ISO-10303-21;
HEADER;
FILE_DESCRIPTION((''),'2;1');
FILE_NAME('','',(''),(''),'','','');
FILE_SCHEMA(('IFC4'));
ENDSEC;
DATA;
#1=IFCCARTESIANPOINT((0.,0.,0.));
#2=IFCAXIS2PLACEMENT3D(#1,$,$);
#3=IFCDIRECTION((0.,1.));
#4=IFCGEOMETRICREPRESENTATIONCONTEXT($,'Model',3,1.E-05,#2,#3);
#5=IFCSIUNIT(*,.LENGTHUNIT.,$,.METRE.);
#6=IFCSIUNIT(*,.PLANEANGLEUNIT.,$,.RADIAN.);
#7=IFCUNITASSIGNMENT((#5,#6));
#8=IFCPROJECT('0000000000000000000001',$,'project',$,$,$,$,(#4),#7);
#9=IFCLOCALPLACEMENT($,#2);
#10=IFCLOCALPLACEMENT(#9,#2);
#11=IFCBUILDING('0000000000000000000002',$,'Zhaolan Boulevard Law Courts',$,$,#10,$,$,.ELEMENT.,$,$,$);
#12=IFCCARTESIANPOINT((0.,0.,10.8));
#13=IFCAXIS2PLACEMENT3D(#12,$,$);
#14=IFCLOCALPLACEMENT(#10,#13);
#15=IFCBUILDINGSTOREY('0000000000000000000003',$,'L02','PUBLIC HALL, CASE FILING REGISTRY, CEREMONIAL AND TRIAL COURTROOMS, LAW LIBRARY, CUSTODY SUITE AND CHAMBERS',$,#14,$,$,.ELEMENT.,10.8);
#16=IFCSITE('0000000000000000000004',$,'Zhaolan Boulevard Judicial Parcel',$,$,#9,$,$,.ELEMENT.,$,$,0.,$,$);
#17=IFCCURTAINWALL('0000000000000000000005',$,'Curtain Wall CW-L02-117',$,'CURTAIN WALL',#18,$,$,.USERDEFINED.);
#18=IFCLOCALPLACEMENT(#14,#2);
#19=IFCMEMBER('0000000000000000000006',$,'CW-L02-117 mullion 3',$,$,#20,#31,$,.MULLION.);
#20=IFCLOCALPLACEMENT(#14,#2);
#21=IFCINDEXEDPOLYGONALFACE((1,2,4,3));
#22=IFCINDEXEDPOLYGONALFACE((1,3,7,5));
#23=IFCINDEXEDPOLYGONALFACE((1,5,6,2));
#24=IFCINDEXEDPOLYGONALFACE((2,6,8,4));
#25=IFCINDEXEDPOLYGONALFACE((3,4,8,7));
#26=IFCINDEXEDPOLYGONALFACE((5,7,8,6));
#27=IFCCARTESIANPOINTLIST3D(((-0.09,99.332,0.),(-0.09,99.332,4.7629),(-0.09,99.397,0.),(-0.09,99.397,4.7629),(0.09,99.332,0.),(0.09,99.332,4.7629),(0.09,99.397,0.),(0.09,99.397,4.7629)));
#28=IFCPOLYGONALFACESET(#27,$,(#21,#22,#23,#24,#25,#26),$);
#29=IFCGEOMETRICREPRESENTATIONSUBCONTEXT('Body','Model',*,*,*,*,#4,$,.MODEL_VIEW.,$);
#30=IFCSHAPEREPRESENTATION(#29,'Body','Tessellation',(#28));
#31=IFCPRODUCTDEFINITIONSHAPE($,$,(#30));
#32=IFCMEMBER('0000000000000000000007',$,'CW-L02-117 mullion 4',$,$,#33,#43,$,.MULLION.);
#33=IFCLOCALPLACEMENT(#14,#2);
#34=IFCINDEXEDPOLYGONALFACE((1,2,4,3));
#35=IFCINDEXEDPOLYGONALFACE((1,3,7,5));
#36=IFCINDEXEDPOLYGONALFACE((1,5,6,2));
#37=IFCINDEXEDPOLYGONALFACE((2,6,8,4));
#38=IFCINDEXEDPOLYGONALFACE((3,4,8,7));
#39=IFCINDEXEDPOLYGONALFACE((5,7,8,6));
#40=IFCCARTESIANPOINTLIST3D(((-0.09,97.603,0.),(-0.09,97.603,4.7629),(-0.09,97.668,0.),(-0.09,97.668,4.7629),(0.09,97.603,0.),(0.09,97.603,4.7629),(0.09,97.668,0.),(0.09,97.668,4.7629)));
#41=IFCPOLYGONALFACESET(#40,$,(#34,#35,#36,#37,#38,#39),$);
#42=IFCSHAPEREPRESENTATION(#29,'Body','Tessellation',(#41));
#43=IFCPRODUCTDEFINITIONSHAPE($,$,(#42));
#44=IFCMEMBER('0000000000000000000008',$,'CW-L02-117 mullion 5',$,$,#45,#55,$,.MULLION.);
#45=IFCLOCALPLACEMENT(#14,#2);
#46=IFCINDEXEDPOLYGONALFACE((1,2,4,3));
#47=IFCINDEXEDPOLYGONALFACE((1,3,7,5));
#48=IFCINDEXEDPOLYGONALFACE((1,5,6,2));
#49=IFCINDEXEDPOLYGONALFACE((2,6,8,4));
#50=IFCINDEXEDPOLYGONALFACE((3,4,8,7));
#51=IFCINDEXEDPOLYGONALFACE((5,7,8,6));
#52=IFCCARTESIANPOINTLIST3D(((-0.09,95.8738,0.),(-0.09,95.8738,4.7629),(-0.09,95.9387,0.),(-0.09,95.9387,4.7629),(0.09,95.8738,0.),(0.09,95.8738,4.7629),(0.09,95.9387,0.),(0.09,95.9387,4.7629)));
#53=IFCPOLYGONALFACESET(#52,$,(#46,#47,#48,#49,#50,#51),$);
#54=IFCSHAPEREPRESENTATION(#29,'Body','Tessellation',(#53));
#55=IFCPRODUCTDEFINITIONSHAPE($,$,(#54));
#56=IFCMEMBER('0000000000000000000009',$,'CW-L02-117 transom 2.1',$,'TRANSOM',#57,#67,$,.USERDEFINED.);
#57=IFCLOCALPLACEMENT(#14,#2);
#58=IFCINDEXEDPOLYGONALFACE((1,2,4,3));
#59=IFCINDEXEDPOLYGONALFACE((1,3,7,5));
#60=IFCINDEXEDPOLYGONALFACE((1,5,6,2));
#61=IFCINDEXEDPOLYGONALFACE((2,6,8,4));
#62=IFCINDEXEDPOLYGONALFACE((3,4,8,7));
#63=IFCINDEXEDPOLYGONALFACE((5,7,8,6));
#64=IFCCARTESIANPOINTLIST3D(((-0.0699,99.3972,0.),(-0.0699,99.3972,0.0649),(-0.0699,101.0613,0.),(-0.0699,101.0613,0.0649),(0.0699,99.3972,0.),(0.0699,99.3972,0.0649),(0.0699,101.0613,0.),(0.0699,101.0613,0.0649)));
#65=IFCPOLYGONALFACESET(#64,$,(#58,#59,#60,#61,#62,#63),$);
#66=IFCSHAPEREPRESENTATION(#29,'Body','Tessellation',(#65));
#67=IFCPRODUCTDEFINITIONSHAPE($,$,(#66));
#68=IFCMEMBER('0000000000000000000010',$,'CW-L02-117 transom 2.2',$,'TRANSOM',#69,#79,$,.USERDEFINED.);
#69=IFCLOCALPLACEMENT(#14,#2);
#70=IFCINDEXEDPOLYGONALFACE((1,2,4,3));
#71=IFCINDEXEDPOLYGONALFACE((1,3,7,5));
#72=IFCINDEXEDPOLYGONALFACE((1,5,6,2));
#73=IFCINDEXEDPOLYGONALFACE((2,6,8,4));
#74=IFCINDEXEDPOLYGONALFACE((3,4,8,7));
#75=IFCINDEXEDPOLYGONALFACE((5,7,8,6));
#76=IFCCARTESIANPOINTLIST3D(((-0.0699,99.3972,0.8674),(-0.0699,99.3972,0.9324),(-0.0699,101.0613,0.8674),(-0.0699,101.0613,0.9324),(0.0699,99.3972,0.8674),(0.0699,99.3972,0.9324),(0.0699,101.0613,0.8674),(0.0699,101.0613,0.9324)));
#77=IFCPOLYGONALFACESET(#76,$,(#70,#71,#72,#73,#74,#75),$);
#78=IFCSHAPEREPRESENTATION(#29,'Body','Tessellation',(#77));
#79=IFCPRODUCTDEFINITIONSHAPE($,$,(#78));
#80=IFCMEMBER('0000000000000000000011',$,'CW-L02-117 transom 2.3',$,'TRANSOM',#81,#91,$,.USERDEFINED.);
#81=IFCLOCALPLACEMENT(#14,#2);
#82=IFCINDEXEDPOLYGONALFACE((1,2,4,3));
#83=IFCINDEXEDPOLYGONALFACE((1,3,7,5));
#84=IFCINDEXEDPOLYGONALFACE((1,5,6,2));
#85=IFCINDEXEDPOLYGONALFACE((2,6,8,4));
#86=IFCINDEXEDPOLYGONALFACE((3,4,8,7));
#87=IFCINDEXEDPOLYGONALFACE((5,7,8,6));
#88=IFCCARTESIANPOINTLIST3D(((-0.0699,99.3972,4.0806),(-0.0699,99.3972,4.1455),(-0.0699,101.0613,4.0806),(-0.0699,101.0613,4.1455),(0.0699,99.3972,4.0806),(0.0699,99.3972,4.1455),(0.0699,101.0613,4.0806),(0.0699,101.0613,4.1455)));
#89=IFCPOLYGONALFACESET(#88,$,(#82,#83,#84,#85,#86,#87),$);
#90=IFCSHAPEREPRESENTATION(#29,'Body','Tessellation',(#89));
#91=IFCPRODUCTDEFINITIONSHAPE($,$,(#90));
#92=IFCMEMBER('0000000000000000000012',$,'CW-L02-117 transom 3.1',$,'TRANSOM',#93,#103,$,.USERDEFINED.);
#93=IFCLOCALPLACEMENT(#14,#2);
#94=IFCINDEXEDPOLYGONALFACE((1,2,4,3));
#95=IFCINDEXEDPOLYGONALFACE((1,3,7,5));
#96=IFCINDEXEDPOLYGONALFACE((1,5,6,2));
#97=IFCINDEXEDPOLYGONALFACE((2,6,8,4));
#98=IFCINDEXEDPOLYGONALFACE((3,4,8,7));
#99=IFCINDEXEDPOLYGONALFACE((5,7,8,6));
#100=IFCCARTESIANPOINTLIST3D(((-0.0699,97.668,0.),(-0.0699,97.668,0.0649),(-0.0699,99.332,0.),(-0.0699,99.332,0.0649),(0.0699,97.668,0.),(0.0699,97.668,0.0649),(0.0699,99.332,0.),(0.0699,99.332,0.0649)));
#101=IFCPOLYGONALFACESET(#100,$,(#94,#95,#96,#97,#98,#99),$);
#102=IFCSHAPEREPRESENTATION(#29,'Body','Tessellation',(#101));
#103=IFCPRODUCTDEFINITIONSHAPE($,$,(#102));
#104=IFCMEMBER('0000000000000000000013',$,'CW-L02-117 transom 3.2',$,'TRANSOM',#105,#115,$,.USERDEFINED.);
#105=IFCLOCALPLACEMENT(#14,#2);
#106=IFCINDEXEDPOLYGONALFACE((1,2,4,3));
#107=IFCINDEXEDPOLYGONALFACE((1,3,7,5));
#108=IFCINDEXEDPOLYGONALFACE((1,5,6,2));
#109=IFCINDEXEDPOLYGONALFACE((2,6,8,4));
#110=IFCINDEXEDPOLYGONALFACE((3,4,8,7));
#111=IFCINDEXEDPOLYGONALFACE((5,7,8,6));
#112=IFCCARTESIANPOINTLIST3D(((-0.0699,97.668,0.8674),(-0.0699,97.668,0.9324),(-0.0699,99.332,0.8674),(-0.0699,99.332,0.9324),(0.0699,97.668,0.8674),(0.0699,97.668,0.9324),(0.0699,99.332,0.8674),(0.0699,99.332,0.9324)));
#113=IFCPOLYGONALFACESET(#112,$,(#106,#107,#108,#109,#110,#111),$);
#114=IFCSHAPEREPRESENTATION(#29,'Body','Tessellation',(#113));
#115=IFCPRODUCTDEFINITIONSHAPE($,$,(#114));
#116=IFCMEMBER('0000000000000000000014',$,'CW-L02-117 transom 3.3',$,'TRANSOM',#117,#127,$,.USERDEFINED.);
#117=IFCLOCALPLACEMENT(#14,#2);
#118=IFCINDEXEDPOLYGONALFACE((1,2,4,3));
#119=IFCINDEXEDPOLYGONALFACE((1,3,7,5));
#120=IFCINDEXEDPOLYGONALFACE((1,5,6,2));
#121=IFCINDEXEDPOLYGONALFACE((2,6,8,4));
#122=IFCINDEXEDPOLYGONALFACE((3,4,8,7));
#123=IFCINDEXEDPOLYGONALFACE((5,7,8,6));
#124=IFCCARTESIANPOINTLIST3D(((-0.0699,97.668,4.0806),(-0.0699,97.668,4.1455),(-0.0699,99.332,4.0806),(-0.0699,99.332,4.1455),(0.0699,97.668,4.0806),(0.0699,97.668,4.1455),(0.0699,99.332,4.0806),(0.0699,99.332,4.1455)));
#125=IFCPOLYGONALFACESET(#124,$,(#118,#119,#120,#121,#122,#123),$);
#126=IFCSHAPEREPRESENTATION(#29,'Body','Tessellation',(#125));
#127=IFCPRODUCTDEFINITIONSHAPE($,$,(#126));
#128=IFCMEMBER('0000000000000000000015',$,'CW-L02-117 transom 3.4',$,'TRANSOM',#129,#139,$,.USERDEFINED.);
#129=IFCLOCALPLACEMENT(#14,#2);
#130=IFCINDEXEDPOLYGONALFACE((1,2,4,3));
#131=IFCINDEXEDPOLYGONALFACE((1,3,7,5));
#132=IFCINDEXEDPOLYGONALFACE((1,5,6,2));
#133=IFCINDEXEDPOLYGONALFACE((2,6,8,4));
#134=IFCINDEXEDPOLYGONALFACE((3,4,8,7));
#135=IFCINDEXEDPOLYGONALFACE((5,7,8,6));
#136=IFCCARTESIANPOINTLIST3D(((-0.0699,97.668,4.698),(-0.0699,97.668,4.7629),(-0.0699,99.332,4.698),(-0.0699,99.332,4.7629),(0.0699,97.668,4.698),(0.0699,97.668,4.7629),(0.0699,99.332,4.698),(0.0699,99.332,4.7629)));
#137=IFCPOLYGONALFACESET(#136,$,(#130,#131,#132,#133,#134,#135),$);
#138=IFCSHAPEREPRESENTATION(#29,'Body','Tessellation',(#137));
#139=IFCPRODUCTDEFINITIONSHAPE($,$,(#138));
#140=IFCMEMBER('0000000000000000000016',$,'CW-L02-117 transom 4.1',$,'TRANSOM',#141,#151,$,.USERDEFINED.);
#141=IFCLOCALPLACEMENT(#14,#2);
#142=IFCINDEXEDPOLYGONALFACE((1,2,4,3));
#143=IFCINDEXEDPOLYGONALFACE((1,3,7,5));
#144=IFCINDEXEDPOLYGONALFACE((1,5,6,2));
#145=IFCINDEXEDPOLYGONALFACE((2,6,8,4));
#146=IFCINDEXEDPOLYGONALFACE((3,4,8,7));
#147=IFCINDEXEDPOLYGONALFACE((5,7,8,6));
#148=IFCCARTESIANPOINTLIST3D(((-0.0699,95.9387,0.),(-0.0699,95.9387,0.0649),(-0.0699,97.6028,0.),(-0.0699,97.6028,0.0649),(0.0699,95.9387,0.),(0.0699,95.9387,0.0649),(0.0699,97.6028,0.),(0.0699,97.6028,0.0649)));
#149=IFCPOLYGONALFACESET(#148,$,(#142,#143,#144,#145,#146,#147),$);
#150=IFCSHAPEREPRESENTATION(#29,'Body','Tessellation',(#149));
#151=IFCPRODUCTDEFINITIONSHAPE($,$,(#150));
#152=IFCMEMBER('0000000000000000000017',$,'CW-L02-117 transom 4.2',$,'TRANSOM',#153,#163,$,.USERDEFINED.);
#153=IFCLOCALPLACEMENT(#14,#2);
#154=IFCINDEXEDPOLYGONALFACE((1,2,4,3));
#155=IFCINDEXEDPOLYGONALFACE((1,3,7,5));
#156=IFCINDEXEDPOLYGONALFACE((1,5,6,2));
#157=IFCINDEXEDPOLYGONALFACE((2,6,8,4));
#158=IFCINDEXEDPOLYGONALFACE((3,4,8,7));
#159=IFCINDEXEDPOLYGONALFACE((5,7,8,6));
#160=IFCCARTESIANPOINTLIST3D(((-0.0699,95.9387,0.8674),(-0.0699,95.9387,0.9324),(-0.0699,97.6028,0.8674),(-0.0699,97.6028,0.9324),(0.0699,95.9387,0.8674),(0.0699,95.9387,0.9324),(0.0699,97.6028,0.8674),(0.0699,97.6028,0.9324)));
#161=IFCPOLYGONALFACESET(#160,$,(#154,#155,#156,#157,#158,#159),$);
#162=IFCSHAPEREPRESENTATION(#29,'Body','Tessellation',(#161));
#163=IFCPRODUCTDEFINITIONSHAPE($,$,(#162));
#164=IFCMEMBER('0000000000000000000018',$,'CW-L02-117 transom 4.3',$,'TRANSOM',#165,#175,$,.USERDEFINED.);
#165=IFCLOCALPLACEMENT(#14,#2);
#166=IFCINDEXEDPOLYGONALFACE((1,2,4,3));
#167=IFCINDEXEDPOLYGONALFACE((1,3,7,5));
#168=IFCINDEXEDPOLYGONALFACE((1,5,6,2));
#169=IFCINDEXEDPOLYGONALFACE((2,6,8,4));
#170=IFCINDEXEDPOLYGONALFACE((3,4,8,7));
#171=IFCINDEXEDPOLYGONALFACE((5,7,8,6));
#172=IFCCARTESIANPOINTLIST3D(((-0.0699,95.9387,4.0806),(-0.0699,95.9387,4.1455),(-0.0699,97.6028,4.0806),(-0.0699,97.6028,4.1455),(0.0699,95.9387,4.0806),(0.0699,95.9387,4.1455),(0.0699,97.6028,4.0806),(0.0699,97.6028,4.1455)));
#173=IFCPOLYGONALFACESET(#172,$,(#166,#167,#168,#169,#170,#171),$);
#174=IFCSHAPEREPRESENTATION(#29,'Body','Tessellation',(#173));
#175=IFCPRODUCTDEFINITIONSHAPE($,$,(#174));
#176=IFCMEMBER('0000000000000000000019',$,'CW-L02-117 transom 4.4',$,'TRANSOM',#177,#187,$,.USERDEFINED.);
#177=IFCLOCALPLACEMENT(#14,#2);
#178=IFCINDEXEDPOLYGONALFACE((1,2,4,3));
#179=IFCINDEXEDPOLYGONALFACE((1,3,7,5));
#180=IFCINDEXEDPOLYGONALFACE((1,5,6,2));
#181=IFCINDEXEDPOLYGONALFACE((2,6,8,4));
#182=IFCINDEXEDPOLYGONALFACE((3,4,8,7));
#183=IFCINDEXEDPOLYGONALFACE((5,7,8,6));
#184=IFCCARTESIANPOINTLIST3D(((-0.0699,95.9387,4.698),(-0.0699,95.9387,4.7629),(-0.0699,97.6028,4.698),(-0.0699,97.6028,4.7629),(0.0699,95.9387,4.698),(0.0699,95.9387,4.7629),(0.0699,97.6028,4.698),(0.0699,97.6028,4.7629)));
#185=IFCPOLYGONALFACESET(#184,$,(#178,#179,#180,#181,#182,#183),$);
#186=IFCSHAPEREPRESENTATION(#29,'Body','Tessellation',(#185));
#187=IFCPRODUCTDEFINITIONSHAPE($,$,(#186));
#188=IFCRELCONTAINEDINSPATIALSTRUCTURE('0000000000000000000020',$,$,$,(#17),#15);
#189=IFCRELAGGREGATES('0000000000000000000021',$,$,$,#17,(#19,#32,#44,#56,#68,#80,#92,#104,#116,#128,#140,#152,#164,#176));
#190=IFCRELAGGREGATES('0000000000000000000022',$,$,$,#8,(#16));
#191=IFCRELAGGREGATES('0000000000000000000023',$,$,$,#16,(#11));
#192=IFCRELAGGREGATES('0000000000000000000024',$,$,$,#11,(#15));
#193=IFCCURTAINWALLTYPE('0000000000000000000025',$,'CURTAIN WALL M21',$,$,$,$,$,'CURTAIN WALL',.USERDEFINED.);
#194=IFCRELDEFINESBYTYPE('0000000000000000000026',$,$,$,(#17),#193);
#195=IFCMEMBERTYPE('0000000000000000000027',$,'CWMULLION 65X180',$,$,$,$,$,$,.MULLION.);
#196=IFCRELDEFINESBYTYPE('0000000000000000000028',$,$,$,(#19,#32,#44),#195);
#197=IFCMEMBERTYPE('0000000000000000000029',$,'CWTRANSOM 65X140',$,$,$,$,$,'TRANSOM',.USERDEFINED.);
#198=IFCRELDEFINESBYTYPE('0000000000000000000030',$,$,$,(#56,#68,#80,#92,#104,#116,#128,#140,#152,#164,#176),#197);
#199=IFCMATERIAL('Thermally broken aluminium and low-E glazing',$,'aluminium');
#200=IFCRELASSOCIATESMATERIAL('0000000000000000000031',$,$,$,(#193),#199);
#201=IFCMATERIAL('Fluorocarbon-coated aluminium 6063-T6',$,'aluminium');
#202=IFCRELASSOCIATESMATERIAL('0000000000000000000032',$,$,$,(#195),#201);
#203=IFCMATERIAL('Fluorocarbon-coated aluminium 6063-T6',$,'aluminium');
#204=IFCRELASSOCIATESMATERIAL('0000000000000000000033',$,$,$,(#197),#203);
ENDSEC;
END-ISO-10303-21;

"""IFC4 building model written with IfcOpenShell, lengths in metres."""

from ifc_helpers import new_model, si_unit, direction, frame, origin, origin_2d, place, context, subcontext, project, spatial, rectangle, extrude, material, material_profile, profile_set, type_object, element, aggregate, save


model = new_model("IFC4")

# Units and contexts
model_context = context("Model", 3, precision=1e-05, world=origin(), true_north=direction((0.0, 1.0)))
body_context = subcontext(model_context, "Body", "Model", "MODEL_VIEW")
ifc_project = project(units=[si_unit("LENGTHUNIT", "METRE"), si_unit("PLANEANGLEUNIT", "RADIAN")], contexts=[model_context])

# Site, building, storey
site_placement = place(None, origin())
site = spatial("IfcSite", under=ifc_project, at=site_placement, Name="Zhaolan Boulevard Judicial Parcel", CompositionType="ELEMENT", RefElevation=0.0)
building_placement = place(site_placement, origin())
building = spatial("IfcBuilding", under=site, at=building_placement, Name="Zhaolan Boulevard Law Courts", CompositionType="ELEMENT")
storey_placement = place(building_placement, frame((0.0, 0.0, 10.8)))
storey = spatial("IfcBuildingStorey", under=building, at=storey_placement, Name="L02", Description="PUBLIC HALL, CASE FILING REGISTRY, CEREMONIAL AND TRIAL COURTROOMS, LAW LIBRARY, CUSTODY SUITE AND CHAMBERS", CompositionType="ELEMENT", Elevation=10.8)

# Curtain wall, members
ifc_material_1 = material(Name="Thermally broken aluminium and low-E glazing", Category="aluminium")
curtain_wall_type = type_object("IfcCurtainWallType", Name="CURTAIN WALL M21", ElementType="CURTAIN WALL", PredefinedType="USERDEFINED", material=ifc_material_1)
curtain_wall_placement = place(storey_placement, origin())
curtain_wall = element("IfcCurtainWall", 1, at=curtain_wall_placement, inside=storey, type_object=curtain_wall_type, Name="Curtain Wall CW-L02-117", ObjectType="CURTAIN WALL", PredefinedType="USERDEFINED")
ifc_material_2 = material(Name="Fluorocarbon-coated aluminium 6063-T6", Category="aluminium")
ifc_material_profile_1 = material_profile(ifc_material_2, rectangle(XDim=0.1799, YDim=0.0649, at=origin_2d()), Name="AL65x180")
ifc_profile_set_1 = profile_set([ifc_material_profile_1], Name="Fluorocarbon-coated aluminium 6063-T6")
member_type_1 = type_object("IfcMemberType", Name="CWMULLION 65X180", PredefinedType="MULLION", material=ifc_profile_set_1)
member_1_placement = place(storey_placement, frame((0.0, 99.3645, 0.0), z_axis=(0.0, 0.0, 1.0), x_axis=(1.0, 0.0, 0.0)))
member_1 = element("IfcMember", 2, at=member_1_placement, type_object=member_type_1, Name="CW-L02-117 mullion 3", PredefinedType="MULLION", context=body_context, shape_type="SweptSolid", body=[
    extrude(rectangle(XDim=0.1799, YDim=0.0649, at=origin_2d()), origin(), (0.0, 0.0, 1.0), 4.7629),
])
member_2_placement = place(storey_placement, frame((0.0, 97.6355, 0.0), z_axis=(0.0, 0.0, 1.0), x_axis=(1.0, 0.0, 0.0)))
member_2 = element("IfcMember", 3, at=member_2_placement, type_object=member_type_1, Name="CW-L02-117 mullion 4", PredefinedType="MULLION", context=body_context, shape_type="SweptSolid", body=[
    extrude(rectangle(XDim=0.1799, YDim=0.0649, at=origin_2d()), origin(), (0.0, 0.0, 1.0), 4.7629),
])
member_3_placement = place(storey_placement, frame((0.0, 95.9062, 0.0), z_axis=(0.0, 0.0, 1.0), x_axis=(1.0, 0.0, 0.0)))
member_3 = element("IfcMember", 4, at=member_3_placement, type_object=member_type_1, Name="CW-L02-117 mullion 5", PredefinedType="MULLION", context=body_context, shape_type="SweptSolid", body=[
    extrude(rectangle(XDim=0.1799, YDim=0.0649, at=origin_2d()), origin(), (0.0, 0.0, 1.0), 4.7629),
])
ifc_material_3 = material(Name="Fluorocarbon-coated aluminium 6063-T6", Category="aluminium")
ifc_material_profile_2 = material_profile(ifc_material_3, rectangle(XDim=0.1399, YDim=0.0649, at=origin_2d()), Name="AL65x140")
ifc_profile_set_2 = profile_set([ifc_material_profile_2], Name="Fluorocarbon-coated aluminium 6063-T6")
member_type_2 = type_object("IfcMemberType", Name="CWTRANSOM 65X140", ElementType="TRANSOM", PredefinedType="USERDEFINED", material=ifc_profile_set_2)
member_4_placement = place(storey_placement, frame((0.0, 101.0613, 0.0325), z_axis=(0.0, -1.0, 0.0), x_axis=(1.0, 0.0, 0.0)))
member_4 = element("IfcMember", 5, at=member_4_placement, type_object=member_type_2, Name="CW-L02-117 transom 2.1", ObjectType="TRANSOM", PredefinedType="USERDEFINED", context=body_context, shape_type="SweptSolid", body=[
    extrude(rectangle(XDim=0.1399, YDim=0.0649, at=origin_2d()), origin(), (0.0, 0.0, 1.0), 1.6641),
])
member_5_placement = place(storey_placement, frame((0.0, 101.0613, 0.8999), z_axis=(0.0, -1.0, 0.0), x_axis=(1.0, 0.0, 0.0)))
member_5 = element("IfcMember", 6, at=member_5_placement, type_object=member_type_2, Name="CW-L02-117 transom 2.2", ObjectType="TRANSOM", PredefinedType="USERDEFINED", context=body_context, shape_type="SweptSolid", body=[
    extrude(rectangle(XDim=0.1399, YDim=0.0649, at=origin_2d()), origin(), (0.0, 0.0, 1.0), 1.6641),
])
member_6_placement = place(storey_placement, frame((0.0, 101.0613, 4.113), z_axis=(0.0, -1.0, 0.0), x_axis=(1.0, 0.0, 0.0)))
member_6 = element("IfcMember", 7, at=member_6_placement, type_object=member_type_2, Name="CW-L02-117 transom 2.3", ObjectType="TRANSOM", PredefinedType="USERDEFINED", context=body_context, shape_type="SweptSolid", body=[
    extrude(rectangle(XDim=0.1399, YDim=0.0649, at=origin_2d()), origin(), (0.0, 0.0, 1.0), 1.6641),
])
member_7_placement = place(storey_placement, frame((0.0, 99.332, 0.0325), z_axis=(0.0, -1.0, 0.0), x_axis=(1.0, 0.0, 0.0)))
member_7 = element("IfcMember", 8, at=member_7_placement, type_object=member_type_2, Name="CW-L02-117 transom 3.1", ObjectType="TRANSOM", PredefinedType="USERDEFINED", context=body_context, shape_type="SweptSolid", body=[
    extrude(rectangle(XDim=0.1399, YDim=0.0649, at=origin_2d()), origin(), (0.0, 0.0, 1.0), 1.6641),
])
member_8_placement = place(storey_placement, frame((0.0, 99.332, 0.8999), z_axis=(0.0, -1.0, 0.0), x_axis=(1.0, 0.0, 0.0)))
member_8 = element("IfcMember", 9, at=member_8_placement, type_object=member_type_2, Name="CW-L02-117 transom 3.2", ObjectType="TRANSOM", PredefinedType="USERDEFINED", context=body_context, shape_type="SweptSolid", body=[
    extrude(rectangle(XDim=0.1399, YDim=0.0649, at=origin_2d()), origin(), (0.0, 0.0, 1.0), 1.6641),
])
member_9_placement = place(storey_placement, frame((0.0, 99.332, 4.113), z_axis=(0.0, -1.0, 0.0), x_axis=(1.0, 0.0, 0.0)))
member_9 = element("IfcMember", 10, at=member_9_placement, type_object=member_type_2, Name="CW-L02-117 transom 3.3", ObjectType="TRANSOM", PredefinedType="USERDEFINED", context=body_context, shape_type="SweptSolid", body=[
    extrude(rectangle(XDim=0.1399, YDim=0.0649, at=origin_2d()), origin(), (0.0, 0.0, 1.0), 1.6641),
])
member_10_placement = place(storey_placement, frame((0.0, 99.332, 4.7305), z_axis=(0.0, -1.0, 0.0), x_axis=(1.0, 0.0, 0.0)))
member_10 = element("IfcMember", 11, at=member_10_placement, type_object=member_type_2, Name="CW-L02-117 transom 3.4", ObjectType="TRANSOM", PredefinedType="USERDEFINED", context=body_context, shape_type="SweptSolid", body=[
    extrude(rectangle(XDim=0.1399, YDim=0.0649, at=origin_2d()), origin(), (0.0, 0.0, 1.0), 1.6641),
])
member_11_placement = place(storey_placement, frame((0.0, 97.6028, 0.0325), z_axis=(0.0, -1.0, 0.0), x_axis=(1.0, 0.0, 0.0)))
member_11 = element("IfcMember", 12, at=member_11_placement, type_object=member_type_2, Name="CW-L02-117 transom 4.1", ObjectType="TRANSOM", PredefinedType="USERDEFINED", context=body_context, shape_type="SweptSolid", body=[
    extrude(rectangle(XDim=0.1399, YDim=0.0649, at=origin_2d()), origin(), (0.0, 0.0, 1.0), 1.6641),
])
member_12_placement = place(storey_placement, frame((0.0, 97.6028, 0.8999), z_axis=(0.0, -1.0, 0.0), x_axis=(1.0, 0.0, 0.0)))
member_12 = element("IfcMember", 13, at=member_12_placement, type_object=member_type_2, Name="CW-L02-117 transom 4.2", ObjectType="TRANSOM", PredefinedType="USERDEFINED", context=body_context, shape_type="SweptSolid", body=[
    extrude(rectangle(XDim=0.1399, YDim=0.0649, at=origin_2d()), origin(), (0.0, 0.0, 1.0), 1.6641),
])
member_13_placement = place(storey_placement, frame((0.0, 97.6028, 4.113), z_axis=(0.0, -1.0, 0.0), x_axis=(1.0, 0.0, 0.0)))
member_13 = element("IfcMember", 14, at=member_13_placement, type_object=member_type_2, Name="CW-L02-117 transom 4.3", ObjectType="TRANSOM", PredefinedType="USERDEFINED", context=body_context, shape_type="SweptSolid", body=[
    extrude(rectangle(XDim=0.1399, YDim=0.0649, at=origin_2d()), origin(), (0.0, 0.0, 1.0), 1.6641),
])
member_14_placement = place(storey_placement, frame((0.0, 97.6028, 4.7305), z_axis=(0.0, -1.0, 0.0), x_axis=(1.0, 0.0, 0.0)))
member_14 = element("IfcMember", 15, at=member_14_placement, type_object=member_type_2, Name="CW-L02-117 transom 4.4", ObjectType="TRANSOM", PredefinedType="USERDEFINED", context=body_context, shape_type="SweptSolid", body=[
    extrude(rectangle(XDim=0.1399, YDim=0.0649, at=origin_2d()), origin(), (0.0, 0.0, 1.0), 1.6641),
])
aggregate(curtain_wall, [member_1, member_2, member_3, member_4, member_5, member_6, member_7, member_8, member_9, member_10, member_11, member_12, member_13, member_14])

save(model, "model.ifc")
